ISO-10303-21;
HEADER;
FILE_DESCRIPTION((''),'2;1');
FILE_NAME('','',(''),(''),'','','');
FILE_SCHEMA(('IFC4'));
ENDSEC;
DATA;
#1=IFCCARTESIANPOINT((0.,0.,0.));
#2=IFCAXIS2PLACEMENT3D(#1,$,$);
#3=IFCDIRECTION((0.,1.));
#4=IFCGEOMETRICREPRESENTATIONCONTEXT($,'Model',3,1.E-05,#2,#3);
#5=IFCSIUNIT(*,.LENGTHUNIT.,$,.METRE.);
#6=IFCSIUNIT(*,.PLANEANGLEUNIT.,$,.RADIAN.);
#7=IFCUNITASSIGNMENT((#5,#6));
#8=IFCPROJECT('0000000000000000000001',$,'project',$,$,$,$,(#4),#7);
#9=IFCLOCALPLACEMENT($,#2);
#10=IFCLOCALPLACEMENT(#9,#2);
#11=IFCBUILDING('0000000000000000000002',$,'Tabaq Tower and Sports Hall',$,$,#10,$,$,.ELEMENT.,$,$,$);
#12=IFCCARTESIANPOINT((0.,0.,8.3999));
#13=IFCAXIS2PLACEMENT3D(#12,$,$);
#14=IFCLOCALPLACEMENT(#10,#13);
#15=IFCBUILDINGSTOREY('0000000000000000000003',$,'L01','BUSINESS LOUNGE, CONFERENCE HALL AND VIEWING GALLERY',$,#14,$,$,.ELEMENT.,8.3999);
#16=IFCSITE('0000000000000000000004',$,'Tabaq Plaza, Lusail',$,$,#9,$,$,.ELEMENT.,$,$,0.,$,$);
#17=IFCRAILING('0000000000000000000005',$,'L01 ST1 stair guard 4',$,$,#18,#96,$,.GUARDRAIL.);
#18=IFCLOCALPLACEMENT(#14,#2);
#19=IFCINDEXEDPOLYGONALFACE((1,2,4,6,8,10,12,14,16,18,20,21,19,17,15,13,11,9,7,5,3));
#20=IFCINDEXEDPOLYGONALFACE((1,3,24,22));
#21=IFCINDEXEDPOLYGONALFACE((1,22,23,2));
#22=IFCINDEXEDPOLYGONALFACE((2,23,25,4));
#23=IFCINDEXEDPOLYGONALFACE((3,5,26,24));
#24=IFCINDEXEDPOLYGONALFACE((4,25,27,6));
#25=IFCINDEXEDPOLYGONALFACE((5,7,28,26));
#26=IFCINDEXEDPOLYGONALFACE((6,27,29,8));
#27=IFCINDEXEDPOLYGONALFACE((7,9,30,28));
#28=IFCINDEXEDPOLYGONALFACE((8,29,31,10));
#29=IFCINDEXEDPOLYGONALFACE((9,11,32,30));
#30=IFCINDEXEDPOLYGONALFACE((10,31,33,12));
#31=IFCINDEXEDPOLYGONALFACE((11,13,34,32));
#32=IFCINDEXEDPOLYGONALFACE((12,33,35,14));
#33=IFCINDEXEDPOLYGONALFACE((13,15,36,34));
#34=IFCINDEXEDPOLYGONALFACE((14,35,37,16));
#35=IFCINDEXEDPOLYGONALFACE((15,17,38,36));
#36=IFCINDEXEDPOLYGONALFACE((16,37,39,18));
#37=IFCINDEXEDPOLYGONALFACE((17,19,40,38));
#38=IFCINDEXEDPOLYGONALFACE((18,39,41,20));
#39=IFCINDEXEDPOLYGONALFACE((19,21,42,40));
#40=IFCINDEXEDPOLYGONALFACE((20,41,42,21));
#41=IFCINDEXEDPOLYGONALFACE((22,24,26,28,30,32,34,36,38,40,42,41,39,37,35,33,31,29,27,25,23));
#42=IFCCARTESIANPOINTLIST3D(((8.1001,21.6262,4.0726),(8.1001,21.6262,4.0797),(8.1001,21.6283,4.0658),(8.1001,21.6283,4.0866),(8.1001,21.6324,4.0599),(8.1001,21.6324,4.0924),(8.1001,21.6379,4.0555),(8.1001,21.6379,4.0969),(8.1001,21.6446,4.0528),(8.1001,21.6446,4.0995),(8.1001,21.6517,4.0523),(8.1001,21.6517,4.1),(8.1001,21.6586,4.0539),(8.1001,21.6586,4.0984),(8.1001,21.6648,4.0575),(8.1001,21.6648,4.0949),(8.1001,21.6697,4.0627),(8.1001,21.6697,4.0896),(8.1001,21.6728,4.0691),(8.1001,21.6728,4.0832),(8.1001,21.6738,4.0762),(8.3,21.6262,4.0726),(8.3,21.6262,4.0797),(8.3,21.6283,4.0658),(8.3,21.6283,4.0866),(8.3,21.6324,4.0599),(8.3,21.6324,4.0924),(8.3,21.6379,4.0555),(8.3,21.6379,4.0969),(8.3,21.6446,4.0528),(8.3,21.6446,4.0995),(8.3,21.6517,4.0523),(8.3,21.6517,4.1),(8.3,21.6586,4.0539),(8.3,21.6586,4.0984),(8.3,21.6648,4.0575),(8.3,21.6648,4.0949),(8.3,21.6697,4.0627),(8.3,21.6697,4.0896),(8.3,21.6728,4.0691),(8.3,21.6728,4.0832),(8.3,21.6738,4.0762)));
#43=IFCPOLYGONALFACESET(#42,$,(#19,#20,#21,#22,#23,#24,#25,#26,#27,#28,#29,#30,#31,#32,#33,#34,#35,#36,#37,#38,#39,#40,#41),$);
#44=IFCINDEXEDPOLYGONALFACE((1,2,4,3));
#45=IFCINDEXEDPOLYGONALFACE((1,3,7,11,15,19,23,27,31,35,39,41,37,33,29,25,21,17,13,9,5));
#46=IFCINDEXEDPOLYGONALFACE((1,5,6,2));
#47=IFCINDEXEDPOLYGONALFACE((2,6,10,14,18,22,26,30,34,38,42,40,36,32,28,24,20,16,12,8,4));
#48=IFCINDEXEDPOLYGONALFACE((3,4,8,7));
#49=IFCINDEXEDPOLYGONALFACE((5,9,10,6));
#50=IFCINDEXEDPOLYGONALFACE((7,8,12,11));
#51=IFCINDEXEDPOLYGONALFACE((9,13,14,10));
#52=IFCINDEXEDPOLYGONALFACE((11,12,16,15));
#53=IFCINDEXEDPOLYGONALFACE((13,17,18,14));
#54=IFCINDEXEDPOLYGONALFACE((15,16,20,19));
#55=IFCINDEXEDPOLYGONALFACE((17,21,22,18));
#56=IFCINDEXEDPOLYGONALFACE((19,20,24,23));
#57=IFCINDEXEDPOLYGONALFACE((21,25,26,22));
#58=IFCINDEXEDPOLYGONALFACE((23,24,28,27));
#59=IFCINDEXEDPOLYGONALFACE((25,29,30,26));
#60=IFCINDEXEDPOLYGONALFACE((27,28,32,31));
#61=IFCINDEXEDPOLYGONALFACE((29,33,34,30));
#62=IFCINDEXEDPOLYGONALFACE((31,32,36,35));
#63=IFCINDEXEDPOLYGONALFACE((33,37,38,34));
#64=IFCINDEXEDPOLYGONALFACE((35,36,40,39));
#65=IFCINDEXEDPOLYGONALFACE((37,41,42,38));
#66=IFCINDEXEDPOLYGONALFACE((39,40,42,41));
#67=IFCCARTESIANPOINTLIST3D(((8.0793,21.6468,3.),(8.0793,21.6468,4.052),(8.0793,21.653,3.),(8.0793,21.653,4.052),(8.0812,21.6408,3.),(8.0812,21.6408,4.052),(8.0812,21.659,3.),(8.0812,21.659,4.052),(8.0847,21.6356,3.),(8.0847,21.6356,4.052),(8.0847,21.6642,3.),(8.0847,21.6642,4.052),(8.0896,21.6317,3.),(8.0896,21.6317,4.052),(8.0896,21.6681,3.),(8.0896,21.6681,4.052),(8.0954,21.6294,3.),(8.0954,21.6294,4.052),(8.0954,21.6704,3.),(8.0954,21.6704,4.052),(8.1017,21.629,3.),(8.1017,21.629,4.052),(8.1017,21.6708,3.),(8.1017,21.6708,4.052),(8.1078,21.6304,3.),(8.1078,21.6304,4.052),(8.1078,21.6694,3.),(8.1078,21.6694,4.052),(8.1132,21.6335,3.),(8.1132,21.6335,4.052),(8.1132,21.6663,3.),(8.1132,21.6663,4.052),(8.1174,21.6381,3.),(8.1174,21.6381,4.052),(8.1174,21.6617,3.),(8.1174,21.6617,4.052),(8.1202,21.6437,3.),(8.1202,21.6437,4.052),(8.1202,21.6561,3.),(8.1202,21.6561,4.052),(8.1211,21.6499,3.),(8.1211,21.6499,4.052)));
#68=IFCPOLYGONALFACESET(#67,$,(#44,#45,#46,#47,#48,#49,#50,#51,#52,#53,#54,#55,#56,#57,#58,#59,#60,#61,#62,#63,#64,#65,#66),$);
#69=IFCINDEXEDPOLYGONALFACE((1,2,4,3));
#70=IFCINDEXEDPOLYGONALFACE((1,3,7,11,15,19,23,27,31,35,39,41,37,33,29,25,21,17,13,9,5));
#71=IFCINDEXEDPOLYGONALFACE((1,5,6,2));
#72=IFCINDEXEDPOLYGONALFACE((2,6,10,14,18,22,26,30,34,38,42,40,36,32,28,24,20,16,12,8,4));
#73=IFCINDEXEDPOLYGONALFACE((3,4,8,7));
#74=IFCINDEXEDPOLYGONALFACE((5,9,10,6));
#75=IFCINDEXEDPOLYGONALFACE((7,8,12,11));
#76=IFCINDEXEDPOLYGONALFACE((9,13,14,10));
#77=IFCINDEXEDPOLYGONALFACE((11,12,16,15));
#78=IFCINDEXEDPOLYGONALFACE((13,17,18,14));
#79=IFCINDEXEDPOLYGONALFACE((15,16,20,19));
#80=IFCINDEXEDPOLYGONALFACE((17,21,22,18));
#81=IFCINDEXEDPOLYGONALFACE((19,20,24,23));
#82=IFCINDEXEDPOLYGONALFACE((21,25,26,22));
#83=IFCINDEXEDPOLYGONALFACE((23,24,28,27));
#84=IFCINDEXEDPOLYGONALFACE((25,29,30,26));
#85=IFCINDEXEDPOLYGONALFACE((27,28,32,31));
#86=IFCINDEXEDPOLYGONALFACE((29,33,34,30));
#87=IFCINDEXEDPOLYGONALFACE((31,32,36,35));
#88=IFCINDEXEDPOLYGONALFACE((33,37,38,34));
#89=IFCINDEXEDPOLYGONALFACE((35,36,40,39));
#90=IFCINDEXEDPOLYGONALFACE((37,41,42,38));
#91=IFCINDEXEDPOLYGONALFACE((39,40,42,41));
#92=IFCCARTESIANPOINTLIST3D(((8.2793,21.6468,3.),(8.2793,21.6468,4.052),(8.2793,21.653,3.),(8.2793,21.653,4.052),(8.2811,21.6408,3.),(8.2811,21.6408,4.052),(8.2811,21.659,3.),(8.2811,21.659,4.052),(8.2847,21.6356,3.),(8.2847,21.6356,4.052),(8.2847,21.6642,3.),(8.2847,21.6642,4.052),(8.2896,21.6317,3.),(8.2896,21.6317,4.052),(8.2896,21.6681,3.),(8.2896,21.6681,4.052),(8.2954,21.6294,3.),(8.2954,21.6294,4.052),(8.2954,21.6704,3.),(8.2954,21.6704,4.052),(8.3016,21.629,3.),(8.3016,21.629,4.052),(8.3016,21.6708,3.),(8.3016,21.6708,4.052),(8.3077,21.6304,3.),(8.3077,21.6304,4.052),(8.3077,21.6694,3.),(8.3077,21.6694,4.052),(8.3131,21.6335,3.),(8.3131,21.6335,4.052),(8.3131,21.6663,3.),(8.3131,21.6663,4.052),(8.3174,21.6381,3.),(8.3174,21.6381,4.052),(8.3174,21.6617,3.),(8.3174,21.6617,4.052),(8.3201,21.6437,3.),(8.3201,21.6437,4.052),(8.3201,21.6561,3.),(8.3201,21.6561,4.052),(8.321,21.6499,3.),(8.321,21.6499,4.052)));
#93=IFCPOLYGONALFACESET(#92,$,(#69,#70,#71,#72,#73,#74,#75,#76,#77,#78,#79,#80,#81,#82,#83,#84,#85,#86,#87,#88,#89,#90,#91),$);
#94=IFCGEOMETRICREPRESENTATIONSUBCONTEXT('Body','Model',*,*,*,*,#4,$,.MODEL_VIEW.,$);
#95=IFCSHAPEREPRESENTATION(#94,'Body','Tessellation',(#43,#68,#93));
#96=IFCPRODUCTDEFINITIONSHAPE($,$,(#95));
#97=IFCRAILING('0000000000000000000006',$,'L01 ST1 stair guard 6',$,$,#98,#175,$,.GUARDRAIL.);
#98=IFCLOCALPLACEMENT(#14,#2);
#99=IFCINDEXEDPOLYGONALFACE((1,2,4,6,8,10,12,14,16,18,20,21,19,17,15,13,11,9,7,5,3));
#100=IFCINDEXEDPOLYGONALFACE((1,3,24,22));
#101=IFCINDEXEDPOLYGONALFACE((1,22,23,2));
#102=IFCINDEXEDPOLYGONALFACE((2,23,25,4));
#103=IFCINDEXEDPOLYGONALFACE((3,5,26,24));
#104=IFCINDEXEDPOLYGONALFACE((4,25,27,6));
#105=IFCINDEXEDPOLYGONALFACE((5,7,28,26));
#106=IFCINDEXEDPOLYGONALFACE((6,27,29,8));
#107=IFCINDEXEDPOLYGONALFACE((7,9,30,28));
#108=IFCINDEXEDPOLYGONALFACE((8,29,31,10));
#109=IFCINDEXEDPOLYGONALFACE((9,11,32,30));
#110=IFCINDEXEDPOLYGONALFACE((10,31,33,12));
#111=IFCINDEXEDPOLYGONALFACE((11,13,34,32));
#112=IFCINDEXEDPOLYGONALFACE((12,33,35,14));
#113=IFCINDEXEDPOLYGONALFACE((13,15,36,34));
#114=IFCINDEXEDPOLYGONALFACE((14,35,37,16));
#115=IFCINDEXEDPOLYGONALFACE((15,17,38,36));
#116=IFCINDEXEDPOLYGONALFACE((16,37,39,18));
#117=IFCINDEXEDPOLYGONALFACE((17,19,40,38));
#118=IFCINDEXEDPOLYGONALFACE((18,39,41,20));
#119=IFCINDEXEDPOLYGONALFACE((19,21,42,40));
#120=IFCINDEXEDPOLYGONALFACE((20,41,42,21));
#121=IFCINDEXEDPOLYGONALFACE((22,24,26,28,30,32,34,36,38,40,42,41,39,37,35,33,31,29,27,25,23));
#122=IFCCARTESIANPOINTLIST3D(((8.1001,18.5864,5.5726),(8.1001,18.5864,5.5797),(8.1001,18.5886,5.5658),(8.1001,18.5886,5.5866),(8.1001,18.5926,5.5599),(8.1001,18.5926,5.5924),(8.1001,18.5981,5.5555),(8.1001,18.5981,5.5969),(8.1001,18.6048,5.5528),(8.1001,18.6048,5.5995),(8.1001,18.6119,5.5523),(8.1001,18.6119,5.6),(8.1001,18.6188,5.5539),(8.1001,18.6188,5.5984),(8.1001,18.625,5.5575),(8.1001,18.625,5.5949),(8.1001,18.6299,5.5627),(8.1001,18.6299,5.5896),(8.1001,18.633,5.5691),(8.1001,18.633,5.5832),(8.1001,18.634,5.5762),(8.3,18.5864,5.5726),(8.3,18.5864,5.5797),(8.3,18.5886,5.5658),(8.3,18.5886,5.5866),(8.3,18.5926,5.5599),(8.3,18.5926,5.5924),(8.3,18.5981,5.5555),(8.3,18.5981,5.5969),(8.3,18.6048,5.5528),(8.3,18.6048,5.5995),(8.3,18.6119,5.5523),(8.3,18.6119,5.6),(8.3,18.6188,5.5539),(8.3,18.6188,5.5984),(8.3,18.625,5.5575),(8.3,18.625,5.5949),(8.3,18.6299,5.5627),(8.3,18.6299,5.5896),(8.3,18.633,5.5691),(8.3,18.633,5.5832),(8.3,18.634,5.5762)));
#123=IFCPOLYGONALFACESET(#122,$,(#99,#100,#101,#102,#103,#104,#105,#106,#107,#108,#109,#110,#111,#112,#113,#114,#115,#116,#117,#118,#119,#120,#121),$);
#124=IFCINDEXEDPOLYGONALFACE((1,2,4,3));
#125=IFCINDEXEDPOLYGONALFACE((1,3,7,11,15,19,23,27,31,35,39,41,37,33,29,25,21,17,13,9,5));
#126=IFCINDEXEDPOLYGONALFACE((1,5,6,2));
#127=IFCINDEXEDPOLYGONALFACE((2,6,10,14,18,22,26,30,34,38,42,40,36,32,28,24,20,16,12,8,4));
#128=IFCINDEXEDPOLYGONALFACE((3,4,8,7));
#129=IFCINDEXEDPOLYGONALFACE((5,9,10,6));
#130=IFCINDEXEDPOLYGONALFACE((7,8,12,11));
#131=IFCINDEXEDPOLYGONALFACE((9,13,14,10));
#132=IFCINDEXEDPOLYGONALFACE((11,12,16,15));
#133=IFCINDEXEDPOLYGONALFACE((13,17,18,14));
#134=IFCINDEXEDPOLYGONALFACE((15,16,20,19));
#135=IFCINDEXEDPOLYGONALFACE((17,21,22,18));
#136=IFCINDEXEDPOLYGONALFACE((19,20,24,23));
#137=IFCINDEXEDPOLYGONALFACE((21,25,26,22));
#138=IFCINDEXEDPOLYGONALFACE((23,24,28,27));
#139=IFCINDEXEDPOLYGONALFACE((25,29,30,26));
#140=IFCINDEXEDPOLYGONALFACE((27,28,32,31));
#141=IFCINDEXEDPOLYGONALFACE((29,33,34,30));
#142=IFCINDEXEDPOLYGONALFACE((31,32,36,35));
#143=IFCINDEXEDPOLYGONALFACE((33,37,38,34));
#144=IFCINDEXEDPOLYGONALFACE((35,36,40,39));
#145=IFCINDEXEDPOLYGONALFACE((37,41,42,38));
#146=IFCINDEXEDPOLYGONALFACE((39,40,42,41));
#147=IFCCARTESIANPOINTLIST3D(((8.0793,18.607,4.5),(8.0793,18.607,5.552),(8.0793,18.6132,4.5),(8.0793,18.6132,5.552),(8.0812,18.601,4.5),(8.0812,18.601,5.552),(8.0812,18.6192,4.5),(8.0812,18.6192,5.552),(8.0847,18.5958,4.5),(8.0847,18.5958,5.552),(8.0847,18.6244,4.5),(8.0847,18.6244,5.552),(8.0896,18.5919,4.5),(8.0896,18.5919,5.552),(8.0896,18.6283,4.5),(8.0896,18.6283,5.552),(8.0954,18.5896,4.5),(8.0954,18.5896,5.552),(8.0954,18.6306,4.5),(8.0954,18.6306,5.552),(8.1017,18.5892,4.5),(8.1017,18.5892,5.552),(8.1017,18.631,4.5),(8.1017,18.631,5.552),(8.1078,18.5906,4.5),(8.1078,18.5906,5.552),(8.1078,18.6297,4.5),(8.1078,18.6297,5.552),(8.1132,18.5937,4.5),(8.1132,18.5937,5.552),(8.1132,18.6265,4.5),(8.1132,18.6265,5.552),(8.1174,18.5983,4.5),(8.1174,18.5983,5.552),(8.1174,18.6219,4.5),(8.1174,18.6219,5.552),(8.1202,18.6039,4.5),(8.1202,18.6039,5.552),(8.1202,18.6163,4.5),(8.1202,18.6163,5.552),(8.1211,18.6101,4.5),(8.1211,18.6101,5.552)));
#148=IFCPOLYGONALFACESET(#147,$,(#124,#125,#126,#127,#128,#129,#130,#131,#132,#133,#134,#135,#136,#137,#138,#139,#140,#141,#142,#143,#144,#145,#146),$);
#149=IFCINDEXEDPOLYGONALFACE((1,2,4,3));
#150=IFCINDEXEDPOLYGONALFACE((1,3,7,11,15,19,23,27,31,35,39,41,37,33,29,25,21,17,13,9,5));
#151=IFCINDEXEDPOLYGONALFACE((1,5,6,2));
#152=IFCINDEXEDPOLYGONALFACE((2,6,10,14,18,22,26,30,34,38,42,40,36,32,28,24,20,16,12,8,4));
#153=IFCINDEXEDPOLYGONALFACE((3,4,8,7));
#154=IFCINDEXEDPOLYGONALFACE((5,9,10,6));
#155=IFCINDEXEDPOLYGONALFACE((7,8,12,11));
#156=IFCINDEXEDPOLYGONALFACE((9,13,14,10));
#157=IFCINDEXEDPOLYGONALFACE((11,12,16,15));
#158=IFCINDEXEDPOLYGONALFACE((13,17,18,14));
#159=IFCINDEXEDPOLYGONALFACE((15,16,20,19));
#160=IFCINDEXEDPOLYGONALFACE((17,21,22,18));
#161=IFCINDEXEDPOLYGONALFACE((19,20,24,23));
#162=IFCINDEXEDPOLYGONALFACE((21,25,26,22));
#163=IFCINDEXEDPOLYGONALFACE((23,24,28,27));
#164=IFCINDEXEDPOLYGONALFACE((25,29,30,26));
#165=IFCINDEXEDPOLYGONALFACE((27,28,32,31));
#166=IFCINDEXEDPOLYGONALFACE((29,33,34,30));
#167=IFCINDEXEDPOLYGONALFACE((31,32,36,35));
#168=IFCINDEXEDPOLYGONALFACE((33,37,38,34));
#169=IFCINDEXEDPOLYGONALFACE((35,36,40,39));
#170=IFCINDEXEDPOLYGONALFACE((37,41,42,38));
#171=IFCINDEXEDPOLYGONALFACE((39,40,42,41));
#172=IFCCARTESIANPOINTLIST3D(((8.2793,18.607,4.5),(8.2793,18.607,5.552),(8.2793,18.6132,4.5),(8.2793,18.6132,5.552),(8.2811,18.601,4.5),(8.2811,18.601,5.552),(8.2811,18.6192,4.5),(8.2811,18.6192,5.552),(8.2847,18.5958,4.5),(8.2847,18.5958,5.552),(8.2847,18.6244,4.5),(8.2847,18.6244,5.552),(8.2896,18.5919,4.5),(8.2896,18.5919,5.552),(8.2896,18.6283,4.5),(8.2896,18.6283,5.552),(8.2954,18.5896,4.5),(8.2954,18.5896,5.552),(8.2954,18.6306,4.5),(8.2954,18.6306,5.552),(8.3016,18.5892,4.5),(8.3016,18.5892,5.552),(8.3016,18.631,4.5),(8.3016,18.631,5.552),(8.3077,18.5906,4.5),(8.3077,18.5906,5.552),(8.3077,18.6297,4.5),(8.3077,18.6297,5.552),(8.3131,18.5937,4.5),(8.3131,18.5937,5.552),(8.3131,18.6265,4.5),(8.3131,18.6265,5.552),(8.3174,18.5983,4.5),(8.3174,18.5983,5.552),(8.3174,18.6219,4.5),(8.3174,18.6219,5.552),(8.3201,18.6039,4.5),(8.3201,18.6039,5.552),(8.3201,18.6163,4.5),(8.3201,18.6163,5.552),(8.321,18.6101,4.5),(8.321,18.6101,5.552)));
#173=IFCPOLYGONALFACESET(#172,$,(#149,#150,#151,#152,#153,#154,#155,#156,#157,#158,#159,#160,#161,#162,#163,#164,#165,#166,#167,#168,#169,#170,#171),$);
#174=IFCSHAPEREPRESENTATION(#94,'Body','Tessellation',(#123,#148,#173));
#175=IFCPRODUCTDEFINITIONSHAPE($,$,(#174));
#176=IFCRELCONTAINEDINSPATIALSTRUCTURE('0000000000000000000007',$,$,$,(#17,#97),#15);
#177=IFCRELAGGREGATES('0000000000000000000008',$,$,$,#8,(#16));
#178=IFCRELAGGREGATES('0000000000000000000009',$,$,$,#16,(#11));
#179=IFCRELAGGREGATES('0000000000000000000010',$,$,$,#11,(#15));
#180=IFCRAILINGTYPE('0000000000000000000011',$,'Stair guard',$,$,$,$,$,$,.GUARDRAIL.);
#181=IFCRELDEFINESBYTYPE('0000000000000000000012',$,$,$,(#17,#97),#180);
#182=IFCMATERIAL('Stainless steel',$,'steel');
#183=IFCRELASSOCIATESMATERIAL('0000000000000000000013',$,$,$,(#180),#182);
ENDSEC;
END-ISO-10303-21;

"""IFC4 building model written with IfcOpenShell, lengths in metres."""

from ifc_helpers import new_model, si_unit, direction, frame, origin, origin_2d, place, context, subcontext, project, spatial, circle, extrude, material, type_object, element, save


model = new_model("IFC4")

# Units and contexts
model_context = context("Model", 3, precision=1e-05, world=origin(), true_north=direction((0.0, 1.0)))
body_context = subcontext(model_context, "Body", "Model", "MODEL_VIEW")
ifc_project = project(units=[si_unit("LENGTHUNIT", "METRE"), si_unit("PLANEANGLEUNIT", "RADIAN")], contexts=[model_context])

# Site, building, storey
site_placement = place(None, origin())
site = spatial("IfcSite", under=ifc_project, at=site_placement, Name="Tabaq Plaza, Lusail", CompositionType="ELEMENT", RefElevation=0.0)
building_placement = place(site_placement, origin())
building = spatial("IfcBuilding", under=site, at=building_placement, Name="Tabaq Tower and Sports Hall", CompositionType="ELEMENT")
storey_placement = place(building_placement, frame((0.0, 0.0, 8.3999)))
storey = spatial("IfcBuildingStorey", under=building, at=storey_placement, Name="L01", Description="BUSINESS LOUNGE, CONFERENCE HALL AND VIEWING GALLERY", CompositionType="ELEMENT", Elevation=8.3999)

# Railings
ifc_material_1 = material(Name="Stainless steel", Category="steel")
railing_type_1 = type_object("IfcRailingType", Name="Stair guard", PredefinedType="GUARDRAIL", material=ifc_material_1)
for number, where, name in (
    (1, (8.1001, 21.6499, 3.0), "L01 ST1 stair guard 4"),
    (2, (8.1001, 18.6101, 4.5), "L01 ST1 stair guard 6"),
):
    element("IfcRailing", number, at=place(storey_placement, frame(where)), inside=storey, type_object=railing_type_1, Name=name, PredefinedType="GUARDRAIL", context=body_context, shape_type="SweptSolid", body=[
        extrude(circle(Radius=0.0239, at=origin_2d()), frame((0.0, 0.0, 1.0762), z_axis=(1.0, 0.0, 0.0), x_axis=(0.0, 1.0, 0.0)), (0.0, 0.0, 1.0), 0.2),
        extrude(circle(Radius=0.021, at=origin_2d()), origin(), (0.0, 0.0, 1.0), 1.052),
        extrude(circle(Radius=0.021, at=origin_2d()), frame((0.2, 0.0, 0.0)), (0.0, 0.0, 1.0), 1.052),
    ])

save(model, "model.ifc")
